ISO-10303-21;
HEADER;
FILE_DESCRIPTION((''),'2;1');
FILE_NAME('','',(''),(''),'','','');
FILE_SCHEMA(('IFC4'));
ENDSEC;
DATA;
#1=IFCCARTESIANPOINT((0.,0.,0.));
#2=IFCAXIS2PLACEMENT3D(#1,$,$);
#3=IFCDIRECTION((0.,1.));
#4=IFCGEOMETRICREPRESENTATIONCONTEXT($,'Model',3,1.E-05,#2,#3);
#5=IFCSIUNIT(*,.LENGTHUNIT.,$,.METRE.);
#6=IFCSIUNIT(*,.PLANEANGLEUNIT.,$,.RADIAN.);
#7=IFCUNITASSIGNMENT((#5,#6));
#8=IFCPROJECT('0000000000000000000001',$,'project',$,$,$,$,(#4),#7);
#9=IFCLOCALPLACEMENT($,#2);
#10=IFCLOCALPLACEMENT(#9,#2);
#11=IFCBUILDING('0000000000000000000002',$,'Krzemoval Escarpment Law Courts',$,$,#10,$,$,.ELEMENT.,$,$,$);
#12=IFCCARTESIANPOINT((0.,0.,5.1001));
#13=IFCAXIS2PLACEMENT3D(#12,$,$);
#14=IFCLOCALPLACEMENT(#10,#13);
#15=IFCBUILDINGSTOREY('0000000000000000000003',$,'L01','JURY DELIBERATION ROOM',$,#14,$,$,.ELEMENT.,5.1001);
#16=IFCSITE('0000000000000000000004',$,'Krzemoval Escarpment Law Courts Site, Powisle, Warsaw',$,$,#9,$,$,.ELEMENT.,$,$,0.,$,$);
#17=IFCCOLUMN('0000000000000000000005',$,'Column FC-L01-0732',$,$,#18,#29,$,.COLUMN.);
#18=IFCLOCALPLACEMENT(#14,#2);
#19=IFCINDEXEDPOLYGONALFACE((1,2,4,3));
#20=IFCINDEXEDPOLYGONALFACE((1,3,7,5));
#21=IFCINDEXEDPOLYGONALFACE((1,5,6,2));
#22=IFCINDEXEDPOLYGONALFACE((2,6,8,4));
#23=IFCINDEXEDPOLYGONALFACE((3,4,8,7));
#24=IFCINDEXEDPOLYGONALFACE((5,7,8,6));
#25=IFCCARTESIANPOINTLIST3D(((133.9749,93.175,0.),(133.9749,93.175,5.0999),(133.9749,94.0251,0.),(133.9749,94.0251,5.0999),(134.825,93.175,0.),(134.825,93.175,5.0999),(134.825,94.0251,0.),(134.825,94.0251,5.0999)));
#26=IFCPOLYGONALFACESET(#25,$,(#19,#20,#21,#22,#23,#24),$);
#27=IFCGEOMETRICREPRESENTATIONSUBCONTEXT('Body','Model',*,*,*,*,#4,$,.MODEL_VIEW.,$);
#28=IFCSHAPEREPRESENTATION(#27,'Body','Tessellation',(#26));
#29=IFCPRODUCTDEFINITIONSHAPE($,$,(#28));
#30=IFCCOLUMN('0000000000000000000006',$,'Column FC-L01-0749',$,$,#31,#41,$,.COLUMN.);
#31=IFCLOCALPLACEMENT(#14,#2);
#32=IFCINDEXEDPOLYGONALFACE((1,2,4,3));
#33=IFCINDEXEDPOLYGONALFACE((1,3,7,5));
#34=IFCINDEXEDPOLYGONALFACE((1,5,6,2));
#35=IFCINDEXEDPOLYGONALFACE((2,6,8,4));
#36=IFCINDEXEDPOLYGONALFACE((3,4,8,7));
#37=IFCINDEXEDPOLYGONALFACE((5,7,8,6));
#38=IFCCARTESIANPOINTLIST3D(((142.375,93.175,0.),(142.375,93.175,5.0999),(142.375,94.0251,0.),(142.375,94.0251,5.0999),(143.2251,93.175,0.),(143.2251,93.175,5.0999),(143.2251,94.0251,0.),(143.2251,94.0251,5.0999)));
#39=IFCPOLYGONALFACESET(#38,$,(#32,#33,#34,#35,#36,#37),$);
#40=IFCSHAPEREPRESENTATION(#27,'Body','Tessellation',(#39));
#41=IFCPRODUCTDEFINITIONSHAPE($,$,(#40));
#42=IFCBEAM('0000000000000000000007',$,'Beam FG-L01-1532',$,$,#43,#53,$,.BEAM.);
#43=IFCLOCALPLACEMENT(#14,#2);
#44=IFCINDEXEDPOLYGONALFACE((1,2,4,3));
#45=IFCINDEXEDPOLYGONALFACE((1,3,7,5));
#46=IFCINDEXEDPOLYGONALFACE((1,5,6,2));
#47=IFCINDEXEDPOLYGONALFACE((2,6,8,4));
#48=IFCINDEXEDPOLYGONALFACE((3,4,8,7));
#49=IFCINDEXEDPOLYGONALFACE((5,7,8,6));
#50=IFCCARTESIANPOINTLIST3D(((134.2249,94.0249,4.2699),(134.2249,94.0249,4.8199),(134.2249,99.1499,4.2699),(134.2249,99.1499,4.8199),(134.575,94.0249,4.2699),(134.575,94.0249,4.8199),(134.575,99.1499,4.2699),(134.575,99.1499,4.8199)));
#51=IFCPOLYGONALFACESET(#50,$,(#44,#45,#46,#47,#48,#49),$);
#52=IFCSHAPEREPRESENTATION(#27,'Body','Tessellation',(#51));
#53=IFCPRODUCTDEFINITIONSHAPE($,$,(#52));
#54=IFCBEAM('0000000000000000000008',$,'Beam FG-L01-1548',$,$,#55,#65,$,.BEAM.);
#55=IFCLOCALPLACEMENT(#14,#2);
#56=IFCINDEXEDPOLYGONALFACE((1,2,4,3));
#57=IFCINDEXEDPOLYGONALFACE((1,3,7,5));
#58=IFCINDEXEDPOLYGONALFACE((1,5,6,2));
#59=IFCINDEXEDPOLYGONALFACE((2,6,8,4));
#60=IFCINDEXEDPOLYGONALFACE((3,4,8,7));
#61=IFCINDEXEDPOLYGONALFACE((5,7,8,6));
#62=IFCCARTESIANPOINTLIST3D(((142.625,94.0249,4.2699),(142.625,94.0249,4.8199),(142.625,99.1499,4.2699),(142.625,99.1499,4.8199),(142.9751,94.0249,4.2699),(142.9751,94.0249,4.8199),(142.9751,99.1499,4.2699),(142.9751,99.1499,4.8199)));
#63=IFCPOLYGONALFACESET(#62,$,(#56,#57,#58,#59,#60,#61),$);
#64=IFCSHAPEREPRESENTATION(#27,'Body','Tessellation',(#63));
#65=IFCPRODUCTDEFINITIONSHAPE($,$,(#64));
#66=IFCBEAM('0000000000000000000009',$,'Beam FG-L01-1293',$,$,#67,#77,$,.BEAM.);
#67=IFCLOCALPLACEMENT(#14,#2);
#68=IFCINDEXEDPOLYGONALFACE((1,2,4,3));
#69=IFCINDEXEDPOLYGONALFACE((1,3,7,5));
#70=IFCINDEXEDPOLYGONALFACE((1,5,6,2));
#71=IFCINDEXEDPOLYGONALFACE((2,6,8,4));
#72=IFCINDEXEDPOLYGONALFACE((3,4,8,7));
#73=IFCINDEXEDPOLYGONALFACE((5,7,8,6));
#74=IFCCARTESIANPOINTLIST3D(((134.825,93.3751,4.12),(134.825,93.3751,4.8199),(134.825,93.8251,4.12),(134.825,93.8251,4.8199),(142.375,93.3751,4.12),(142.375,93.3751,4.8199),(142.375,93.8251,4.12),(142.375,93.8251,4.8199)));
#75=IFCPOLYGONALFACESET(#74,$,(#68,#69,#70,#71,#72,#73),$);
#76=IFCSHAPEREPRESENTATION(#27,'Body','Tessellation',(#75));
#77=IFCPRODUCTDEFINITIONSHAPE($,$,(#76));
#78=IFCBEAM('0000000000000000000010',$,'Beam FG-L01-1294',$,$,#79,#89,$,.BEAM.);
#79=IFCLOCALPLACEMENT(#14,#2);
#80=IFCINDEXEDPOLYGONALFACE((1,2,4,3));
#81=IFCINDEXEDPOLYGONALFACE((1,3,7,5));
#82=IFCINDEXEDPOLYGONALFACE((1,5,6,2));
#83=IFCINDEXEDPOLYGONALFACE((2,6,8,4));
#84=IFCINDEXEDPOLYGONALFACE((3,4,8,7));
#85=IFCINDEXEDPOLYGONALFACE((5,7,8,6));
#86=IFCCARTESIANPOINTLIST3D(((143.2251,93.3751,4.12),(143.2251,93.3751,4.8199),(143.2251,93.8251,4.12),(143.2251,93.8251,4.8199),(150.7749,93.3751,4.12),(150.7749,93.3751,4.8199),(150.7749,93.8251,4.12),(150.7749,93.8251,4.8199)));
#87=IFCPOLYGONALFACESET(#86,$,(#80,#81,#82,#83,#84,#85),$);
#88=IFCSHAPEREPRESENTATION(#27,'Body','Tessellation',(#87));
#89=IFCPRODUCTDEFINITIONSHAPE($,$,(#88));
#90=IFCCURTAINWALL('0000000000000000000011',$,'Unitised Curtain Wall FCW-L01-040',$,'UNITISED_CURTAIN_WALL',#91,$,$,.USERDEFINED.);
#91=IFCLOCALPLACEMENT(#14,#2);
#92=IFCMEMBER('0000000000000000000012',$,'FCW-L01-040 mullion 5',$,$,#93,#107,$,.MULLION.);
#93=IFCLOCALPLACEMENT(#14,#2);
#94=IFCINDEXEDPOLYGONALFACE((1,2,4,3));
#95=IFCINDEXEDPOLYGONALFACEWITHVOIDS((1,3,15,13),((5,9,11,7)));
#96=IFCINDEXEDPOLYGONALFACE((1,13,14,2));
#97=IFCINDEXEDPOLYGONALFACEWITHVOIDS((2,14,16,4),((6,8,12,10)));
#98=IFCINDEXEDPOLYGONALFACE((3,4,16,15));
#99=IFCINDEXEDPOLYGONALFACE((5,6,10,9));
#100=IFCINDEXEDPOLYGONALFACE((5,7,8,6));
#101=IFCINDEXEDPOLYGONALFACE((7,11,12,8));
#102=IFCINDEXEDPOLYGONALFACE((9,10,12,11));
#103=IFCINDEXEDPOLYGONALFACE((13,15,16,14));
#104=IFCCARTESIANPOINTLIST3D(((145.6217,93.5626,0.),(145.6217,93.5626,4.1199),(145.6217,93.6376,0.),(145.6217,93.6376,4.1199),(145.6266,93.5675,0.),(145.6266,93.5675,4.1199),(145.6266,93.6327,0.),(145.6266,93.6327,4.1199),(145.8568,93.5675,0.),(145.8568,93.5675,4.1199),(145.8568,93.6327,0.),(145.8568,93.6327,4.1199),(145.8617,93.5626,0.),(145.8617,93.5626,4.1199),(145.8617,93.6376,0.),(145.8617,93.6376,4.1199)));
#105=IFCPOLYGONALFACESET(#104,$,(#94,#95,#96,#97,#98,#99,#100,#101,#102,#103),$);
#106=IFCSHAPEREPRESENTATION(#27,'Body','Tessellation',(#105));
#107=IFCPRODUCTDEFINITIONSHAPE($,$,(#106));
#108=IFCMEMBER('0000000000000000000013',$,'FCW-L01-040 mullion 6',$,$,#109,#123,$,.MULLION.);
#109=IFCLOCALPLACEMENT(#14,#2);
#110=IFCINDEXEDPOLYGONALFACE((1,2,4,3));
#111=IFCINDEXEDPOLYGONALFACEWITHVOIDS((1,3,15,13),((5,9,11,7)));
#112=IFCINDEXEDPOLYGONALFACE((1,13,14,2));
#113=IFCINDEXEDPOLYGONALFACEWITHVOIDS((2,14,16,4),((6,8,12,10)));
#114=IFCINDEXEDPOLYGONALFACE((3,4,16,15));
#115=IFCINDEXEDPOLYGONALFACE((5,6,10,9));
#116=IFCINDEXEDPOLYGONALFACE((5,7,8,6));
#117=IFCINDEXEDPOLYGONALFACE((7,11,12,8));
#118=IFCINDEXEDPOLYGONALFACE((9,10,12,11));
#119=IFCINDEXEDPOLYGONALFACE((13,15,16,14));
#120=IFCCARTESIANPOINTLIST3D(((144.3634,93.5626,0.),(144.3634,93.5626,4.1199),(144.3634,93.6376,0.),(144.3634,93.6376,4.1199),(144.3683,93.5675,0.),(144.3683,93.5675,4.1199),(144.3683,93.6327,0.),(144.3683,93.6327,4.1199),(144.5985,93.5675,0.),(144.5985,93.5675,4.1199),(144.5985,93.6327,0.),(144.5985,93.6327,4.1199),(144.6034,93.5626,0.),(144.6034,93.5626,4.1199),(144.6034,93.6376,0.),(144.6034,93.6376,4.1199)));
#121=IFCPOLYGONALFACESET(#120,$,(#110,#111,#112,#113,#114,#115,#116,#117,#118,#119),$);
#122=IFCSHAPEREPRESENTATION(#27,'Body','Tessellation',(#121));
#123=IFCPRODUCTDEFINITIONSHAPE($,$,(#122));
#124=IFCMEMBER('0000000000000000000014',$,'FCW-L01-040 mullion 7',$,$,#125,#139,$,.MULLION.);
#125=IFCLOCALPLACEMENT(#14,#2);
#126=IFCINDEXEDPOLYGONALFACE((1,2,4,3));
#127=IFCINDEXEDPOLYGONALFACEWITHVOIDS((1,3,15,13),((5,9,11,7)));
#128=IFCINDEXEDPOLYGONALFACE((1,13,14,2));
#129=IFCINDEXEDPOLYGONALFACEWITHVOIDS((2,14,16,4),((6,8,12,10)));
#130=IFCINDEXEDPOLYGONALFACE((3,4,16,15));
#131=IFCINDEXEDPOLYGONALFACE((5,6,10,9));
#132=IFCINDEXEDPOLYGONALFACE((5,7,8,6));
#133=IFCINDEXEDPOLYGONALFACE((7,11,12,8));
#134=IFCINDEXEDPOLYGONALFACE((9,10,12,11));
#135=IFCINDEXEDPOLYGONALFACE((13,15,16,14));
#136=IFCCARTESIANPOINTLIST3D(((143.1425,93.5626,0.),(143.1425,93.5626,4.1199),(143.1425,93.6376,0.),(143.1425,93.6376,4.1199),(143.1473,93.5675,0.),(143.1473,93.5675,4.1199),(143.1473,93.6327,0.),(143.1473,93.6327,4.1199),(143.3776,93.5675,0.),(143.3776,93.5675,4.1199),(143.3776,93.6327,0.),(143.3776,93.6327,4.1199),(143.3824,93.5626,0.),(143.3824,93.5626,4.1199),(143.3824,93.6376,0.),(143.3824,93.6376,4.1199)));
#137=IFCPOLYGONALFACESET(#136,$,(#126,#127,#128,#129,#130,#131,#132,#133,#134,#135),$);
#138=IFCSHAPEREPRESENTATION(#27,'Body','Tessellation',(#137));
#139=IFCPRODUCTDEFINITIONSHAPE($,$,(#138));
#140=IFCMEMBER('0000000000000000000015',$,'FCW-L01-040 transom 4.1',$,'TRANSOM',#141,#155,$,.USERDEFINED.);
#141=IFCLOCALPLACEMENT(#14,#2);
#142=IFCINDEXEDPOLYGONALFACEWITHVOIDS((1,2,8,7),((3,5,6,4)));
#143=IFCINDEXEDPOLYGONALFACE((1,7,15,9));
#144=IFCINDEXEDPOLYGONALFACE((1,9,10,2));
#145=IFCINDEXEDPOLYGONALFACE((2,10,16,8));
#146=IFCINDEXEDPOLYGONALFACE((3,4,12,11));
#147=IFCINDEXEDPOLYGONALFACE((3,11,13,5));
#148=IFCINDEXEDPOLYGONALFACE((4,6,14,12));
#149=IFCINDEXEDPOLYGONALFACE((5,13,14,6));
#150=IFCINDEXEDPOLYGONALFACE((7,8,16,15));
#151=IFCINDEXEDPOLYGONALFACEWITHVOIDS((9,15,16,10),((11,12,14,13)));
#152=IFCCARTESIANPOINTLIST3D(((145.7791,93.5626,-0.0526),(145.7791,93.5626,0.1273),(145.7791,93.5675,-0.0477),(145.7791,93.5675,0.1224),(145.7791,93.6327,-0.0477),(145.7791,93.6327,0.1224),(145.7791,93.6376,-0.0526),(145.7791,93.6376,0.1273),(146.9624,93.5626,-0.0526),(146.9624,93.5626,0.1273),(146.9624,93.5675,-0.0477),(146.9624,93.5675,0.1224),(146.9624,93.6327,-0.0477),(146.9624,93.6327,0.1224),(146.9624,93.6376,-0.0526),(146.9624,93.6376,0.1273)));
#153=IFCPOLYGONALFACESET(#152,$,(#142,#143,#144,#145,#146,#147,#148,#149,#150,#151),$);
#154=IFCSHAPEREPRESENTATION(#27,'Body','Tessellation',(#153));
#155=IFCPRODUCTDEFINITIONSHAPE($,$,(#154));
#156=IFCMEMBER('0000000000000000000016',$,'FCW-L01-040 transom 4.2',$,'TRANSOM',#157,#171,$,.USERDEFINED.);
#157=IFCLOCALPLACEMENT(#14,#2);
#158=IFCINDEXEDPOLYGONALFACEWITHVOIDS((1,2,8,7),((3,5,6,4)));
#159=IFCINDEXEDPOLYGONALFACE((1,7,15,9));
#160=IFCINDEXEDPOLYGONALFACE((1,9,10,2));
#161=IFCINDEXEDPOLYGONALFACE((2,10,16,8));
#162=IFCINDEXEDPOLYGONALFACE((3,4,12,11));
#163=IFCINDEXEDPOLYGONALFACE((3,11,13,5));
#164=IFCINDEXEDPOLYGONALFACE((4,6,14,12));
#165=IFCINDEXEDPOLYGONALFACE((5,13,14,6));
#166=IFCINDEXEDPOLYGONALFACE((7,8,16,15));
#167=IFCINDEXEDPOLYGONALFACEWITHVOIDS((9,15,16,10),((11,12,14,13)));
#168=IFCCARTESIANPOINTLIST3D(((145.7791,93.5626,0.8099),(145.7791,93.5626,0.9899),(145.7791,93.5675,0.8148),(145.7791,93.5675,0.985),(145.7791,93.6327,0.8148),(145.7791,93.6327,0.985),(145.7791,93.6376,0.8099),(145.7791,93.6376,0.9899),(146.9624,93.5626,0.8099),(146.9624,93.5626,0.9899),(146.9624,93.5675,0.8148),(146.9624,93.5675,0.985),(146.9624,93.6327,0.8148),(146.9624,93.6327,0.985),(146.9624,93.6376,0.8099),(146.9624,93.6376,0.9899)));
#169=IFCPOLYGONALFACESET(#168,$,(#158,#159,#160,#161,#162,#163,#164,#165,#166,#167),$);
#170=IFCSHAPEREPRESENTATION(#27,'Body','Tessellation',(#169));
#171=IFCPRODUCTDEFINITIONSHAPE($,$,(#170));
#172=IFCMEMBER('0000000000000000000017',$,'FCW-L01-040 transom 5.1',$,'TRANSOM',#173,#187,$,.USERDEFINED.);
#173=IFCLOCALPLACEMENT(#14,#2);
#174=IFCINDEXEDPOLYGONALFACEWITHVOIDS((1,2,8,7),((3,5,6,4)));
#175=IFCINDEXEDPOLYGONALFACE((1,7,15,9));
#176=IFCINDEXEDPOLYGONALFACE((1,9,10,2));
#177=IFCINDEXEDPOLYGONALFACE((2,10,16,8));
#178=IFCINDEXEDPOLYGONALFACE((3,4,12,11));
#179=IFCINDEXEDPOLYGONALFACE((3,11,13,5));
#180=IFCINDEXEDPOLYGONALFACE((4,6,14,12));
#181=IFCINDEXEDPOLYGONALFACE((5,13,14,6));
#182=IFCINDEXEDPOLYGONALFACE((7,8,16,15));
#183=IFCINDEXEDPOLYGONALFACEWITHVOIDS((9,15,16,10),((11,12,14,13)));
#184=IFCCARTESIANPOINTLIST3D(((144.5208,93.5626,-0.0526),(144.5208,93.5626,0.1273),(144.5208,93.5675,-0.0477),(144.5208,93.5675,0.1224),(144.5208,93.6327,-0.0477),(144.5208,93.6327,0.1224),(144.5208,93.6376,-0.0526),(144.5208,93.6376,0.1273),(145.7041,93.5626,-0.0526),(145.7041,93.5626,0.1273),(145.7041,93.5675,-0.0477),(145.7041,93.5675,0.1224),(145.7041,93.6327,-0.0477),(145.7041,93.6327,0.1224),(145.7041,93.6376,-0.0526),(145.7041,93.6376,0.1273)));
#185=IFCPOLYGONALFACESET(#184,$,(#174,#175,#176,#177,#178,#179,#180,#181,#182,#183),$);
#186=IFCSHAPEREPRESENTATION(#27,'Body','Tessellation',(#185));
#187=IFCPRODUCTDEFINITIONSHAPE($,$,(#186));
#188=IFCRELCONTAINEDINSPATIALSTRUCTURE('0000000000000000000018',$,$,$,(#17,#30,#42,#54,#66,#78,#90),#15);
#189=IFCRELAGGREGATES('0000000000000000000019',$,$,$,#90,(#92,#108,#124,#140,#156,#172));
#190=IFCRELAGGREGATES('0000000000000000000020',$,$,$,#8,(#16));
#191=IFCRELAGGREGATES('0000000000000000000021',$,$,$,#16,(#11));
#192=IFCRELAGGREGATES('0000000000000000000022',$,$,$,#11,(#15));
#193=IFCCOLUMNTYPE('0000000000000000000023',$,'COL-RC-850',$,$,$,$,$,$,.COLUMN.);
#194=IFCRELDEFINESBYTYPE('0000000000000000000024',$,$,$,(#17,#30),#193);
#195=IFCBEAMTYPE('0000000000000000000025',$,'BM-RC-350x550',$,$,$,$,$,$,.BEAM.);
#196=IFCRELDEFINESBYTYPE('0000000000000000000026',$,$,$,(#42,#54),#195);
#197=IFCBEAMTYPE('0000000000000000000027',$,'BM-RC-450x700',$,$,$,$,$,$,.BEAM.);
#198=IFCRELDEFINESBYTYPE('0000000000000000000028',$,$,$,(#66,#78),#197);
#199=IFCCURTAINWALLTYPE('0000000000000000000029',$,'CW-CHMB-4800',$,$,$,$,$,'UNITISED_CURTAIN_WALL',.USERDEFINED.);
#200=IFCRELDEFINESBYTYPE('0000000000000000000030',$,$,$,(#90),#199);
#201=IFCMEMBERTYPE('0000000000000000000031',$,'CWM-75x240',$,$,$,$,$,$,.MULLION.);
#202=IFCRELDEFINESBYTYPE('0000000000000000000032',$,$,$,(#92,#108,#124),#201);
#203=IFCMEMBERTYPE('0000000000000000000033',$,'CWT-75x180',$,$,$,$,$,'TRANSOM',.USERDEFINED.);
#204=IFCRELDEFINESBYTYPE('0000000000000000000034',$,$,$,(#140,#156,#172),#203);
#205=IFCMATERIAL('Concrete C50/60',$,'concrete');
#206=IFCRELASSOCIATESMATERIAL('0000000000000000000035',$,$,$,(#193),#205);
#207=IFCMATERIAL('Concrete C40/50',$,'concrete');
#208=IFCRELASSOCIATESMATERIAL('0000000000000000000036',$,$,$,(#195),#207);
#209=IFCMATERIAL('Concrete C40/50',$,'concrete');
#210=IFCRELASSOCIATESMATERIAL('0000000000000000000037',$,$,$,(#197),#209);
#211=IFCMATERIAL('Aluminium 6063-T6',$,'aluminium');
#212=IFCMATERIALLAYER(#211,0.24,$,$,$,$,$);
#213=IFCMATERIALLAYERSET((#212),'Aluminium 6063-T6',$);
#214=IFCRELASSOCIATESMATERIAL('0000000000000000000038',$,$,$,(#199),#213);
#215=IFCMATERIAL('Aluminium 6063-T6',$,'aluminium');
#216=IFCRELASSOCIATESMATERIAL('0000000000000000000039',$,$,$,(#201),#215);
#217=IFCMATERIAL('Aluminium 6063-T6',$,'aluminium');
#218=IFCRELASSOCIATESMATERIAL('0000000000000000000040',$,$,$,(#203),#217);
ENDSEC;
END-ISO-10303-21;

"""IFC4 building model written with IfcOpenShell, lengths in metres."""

from ifc_helpers import new_model, si_unit, direction, frame, origin, origin_2d, place, context, subcontext, project, spatial, rectangle, hollow_rectangle, extrude, material, layer, layer_set, material_profile, profile_set, type_object, element, aggregate, save


model = new_model("IFC4")

# Units and contexts
model_context = context("Model", 3, precision=1e-05, world=origin(), true_north=direction((0.0, 1.0)))
body_context = subcontext(model_context, "Body", "Model", "MODEL_VIEW")
ifc_project = project(units=[si_unit("LENGTHUNIT", "METRE"), si_unit("PLANEANGLEUNIT", "RADIAN")], contexts=[model_context])

# Site, building, storey
site_placement = place(None, origin())
site = spatial("IfcSite", under=ifc_project, at=site_placement, Name="Krzemoval Escarpment Law Courts Site, Powisle, Warsaw", CompositionType="ELEMENT", RefElevation=0.0)
building_placement = place(site_placement, origin())
building = spatial("IfcBuilding", under=site, at=building_placement, Name="Krzemoval Escarpment Law Courts", CompositionType="ELEMENT")
storey_placement = place(building_placement, frame((0.0, 0.0, 5.1001)))
storey = spatial("IfcBuildingStorey", under=building, at=storey_placement, Name="L01", Description="JURY DELIBERATION ROOM", CompositionType="ELEMENT", Elevation=5.1001)

# Columns
ifc_material_1 = material(Name="Concrete C50/60", Category="concrete")
ifc_material_profile_1 = material_profile(ifc_material_1, rectangle(XDim=0.8501, YDim=0.8501, at=origin_2d()), Name="RC 850x850")
ifc_profile_set_1 = profile_set([ifc_material_profile_1], Name="Concrete C50/60")
column_type = type_object("IfcColumnType", Name="COL-RC-850", PredefinedType="COLUMN", material=ifc_profile_set_1)
for number, where, z_axis, x_axis, name in (
    (1, (134.3999, 93.6001, 0.0), (0.0, 0.0, 1.0), (1.0, 0.0, 0.0), "Column FC-L01-0732"),
    (2, (142.8, 93.6001, 0.0), (0.0, 0.0, 1.0), (1.0, 0.0, 0.0), "Column FC-L01-0749"),
):
    element("IfcColumn", number, at=place(storey_placement, frame(where, z_axis=z_axis, x_axis=x_axis)), inside=storey, type_object=column_type, Name=name, PredefinedType="COLUMN", context=body_context, shape_type="SweptSolid", body=[
        extrude(rectangle(XDim=0.8501, YDim=0.8501, at=origin_2d()), origin(), (0.0, 0.0, 1.0), 5.0999),
    ])

# Beams
ifc_material_2 = material(Name="Concrete C40/50", Category="concrete")
ifc_material_profile_2 = material_profile(ifc_material_2, rectangle(XDim=0.3501, YDim=0.55, at=origin_2d()), Name="RCB 350x550")
ifc_profile_set_2 = profile_set([ifc_material_profile_2], Name="Concrete C40/50")
beam_type_1 = type_object("IfcBeamType", Name="BM-RC-350x550", PredefinedType="BEAM", material=ifc_profile_set_2)
for number, where, z_axis, x_axis, name in (
    (3, (134.3999, 94.0249, 4.5449), (0.0, 1.0, 0.0), (-1.0, 0.0, 0.0), "Beam FG-L01-1532"),
    (4, (142.8, 94.0249, 4.5449), (0.0, 1.0, 0.0), (-1.0, 0.0, 0.0), "Beam FG-L01-1548"),
):
    element("IfcBeam", number, at=place(storey_placement, frame(where, z_axis=z_axis, x_axis=x_axis)), inside=storey, type_object=beam_type_1, Name=name, PredefinedType="BEAM", context=body_context, shape_type="SweptSolid", body=[
        extrude(rectangle(XDim=0.3501, YDim=0.55, at=origin_2d()), origin(), (0.0, 0.0, 1.0), 5.125),
    ])
ifc_material_3 = material(Name="Concrete C40/50", Category="concrete")
ifc_material_profile_3 = material_profile(ifc_material_3, rectangle(XDim=0.45, YDim=0.7, at=origin_2d()), Name="RCB 450x700")
ifc_profile_set_3 = profile_set([ifc_material_profile_3], Name="Concrete C40/50")
beam_type_2 = type_object("IfcBeamType", Name="BM-RC-450x700", PredefinedType="BEAM", material=ifc_profile_set_3)
beam_1_placement = place(storey_placement, frame((134.825, 93.6001, 4.47), z_axis=(1.0, 0.0, 0.0), x_axis=(0.0, 1.0, 0.0)))
element("IfcBeam", 5, at=beam_1_placement, inside=storey, type_object=beam_type_2, Name="Beam FG-L01-1293", PredefinedType="BEAM", context=body_context, shape_type="SweptSolid", body=[
    extrude(rectangle(XDim=0.45, YDim=0.7, at=origin_2d()), origin(), (0.0, 0.0, 1.0), 7.55),
])
beam_2_placement = place(storey_placement, frame((143.2251, 93.6001, 4.47), z_axis=(1.0, 0.0, 0.0), x_axis=(0.0, 1.0, 0.0)))
element("IfcBeam", 6, at=beam_2_placement, inside=storey, type_object=beam_type_2, Name="Beam FG-L01-1294", PredefinedType="BEAM", context=body_context, shape_type="SweptSolid", body=[
    extrude(rectangle(XDim=0.45, YDim=0.7, at=origin_2d()), origin(), (0.0, 0.0, 1.0), 7.5498),
])

# Curtain wall, members
ifc_material_4 = material(Name="Aluminium 6063-T6", Category="aluminium")
ifc_layer_1 = layer(ifc_material_4, 0.24)
ifc_layer_set_1 = layer_set([ifc_layer_1], Name="Aluminium 6063-T6")
curtain_wall_type = type_object("IfcCurtainWallType", Name="CW-CHMB-4800", ElementType="UNITISED_CURTAIN_WALL", PredefinedType="USERDEFINED", material=ifc_layer_set_1)
curtain_wall_placement = place(storey_placement, origin())
curtain_wall = element("IfcCurtainWall", 7, at=curtain_wall_placement, inside=storey, type_object=curtain_wall_type, Name="Unitised Curtain Wall FCW-L01-040", ObjectType="UNITISED_CURTAIN_WALL", PredefinedType="USERDEFINED")
ifc_material_5 = material(Name="Aluminium 6063-T6", Category="aluminium")
ifc_material_profile_4 = material_profile(ifc_material_5, hollow_rectangle(XDim=0.075, YDim=0.24, WallThickness=0.0049, at=origin_2d()), Name="ALU M75x240")
ifc_profile_set_4 = profile_set([ifc_material_profile_4], Name="Aluminium 6063-T6")
member_type_1 = type_object("IfcMemberType", Name="CWM-75x240", PredefinedType="MULLION", material=ifc_profile_set_4)
member_1_placement = place(storey_placement, frame((145.7417, 93.6001, 0.0), z_axis=(0.0, 0.0, 1.0), x_axis=(0.0, -1.0, 0.0)))
member_1 = element("IfcMember", 8, at=member_1_placement, type_object=member_type_1, Name="FCW-L01-040 mullion 5", PredefinedType="MULLION", context=body_context, shape_type="SweptSolid", body=[
    extrude(hollow_rectangle(XDim=0.075, YDim=0.24, WallThickness=0.0049, at=origin_2d()), origin(), (0.0, 0.0, 1.0), 4.1199),
])
member_2_placement = place(storey_placement, frame((144.4834, 93.6001, 0.0), z_axis=(0.0, 0.0, 1.0), x_axis=(0.0, -1.0, 0.0)))
member_2 = element("IfcMember", 9, at=member_2_placement, type_object=member_type_1, Name="FCW-L01-040 mullion 6", PredefinedType="MULLION", context=body_context, shape_type="SweptSolid", body=[
    extrude(hollow_rectangle(XDim=0.075, YDim=0.24, WallThickness=0.0049, at=origin_2d()), origin(), (0.0, 0.0, 1.0), 4.1199),
])
member_3_placement = place(storey_placement, frame((143.2625, 93.6001, 0.0), z_axis=(0.0, 0.0, 1.0), x_axis=(0.0, -1.0, 0.0)))
member_3 = element("IfcMember", 10, at=member_3_placement, type_object=member_type_1, Name="FCW-L01-040 mullion 7", PredefinedType="MULLION", context=body_context, shape_type="SweptSolid", body=[
    extrude(hollow_rectangle(XDim=0.075, YDim=0.24, WallThickness=0.0049, at=origin_2d()), origin(), (0.0, 0.0, 1.0), 4.1199),
])
ifc_material_6 = material(Name="Aluminium 6063-T6", Category="aluminium")
ifc_material_profile_5 = material_profile(ifc_material_6, hollow_rectangle(XDim=0.075, YDim=0.1799, WallThickness=0.0049, at=origin_2d()), Name="ALU T75x180")
ifc_profile_set_5 = profile_set([ifc_material_profile_5], Name="Aluminium 6063-T6")
member_type_2 = type_object("IfcMemberType", Name="CWT-75x180", ElementType="TRANSOM", PredefinedType="USERDEFINED", material=ifc_profile_set_5)
member_4_placement = place(storey_placement, frame((146.9624, 93.6001, 0.0374), z_axis=(-1.0, 0.0, 0.0), x_axis=(0.0, -1.0, 0.0)))
member_4 = element("IfcMember", 11, at=member_4_placement, type_object=member_type_2, Name="FCW-L01-040 transom 4.1", ObjectType="TRANSOM", PredefinedType="USERDEFINED", context=body_context, shape_type="SweptSolid", body=[
    extrude(hollow_rectangle(XDim=0.075, YDim=0.1799, WallThickness=0.0049, at=origin_2d()), origin(), (0.0, 0.0, 1.0), 1.1833),
])
member_5_placement = place(storey_placement, frame((146.9624, 93.6001, 0.8999), z_axis=(-1.0, 0.0, 0.0), x_axis=(0.0, -1.0, 0.0)))
member_5 = element("IfcMember", 12, at=member_5_placement, type_object=member_type_2, Name="FCW-L01-040 transom 4.2", ObjectType="TRANSOM", PredefinedType="USERDEFINED", context=body_context, shape_type="SweptSolid", body=[
    extrude(hollow_rectangle(XDim=0.075, YDim=0.1799, WallThickness=0.0049, at=origin_2d()), origin(), (0.0, 0.0, 1.0), 1.1833),
])
member_6_placement = place(storey_placement, frame((145.7041, 93.6001, 0.0374), z_axis=(-1.0, 0.0, 0.0), x_axis=(0.0, -1.0, 0.0)))
member_6 = element("IfcMember", 13, at=member_6_placement, type_object=member_type_2, Name="FCW-L01-040 transom 5.1", ObjectType="TRANSOM", PredefinedType="USERDEFINED", context=body_context, shape_type="SweptSolid", body=[
    extrude(hollow_rectangle(XDim=0.075, YDim=0.1799, WallThickness=0.0049, at=origin_2d()), origin(), (0.0, 0.0, 1.0), 1.1833),
])
aggregate(curtain_wall, [member_1, member_2, member_3, member_4, member_5, member_6])

save(model, "model.ifc")
